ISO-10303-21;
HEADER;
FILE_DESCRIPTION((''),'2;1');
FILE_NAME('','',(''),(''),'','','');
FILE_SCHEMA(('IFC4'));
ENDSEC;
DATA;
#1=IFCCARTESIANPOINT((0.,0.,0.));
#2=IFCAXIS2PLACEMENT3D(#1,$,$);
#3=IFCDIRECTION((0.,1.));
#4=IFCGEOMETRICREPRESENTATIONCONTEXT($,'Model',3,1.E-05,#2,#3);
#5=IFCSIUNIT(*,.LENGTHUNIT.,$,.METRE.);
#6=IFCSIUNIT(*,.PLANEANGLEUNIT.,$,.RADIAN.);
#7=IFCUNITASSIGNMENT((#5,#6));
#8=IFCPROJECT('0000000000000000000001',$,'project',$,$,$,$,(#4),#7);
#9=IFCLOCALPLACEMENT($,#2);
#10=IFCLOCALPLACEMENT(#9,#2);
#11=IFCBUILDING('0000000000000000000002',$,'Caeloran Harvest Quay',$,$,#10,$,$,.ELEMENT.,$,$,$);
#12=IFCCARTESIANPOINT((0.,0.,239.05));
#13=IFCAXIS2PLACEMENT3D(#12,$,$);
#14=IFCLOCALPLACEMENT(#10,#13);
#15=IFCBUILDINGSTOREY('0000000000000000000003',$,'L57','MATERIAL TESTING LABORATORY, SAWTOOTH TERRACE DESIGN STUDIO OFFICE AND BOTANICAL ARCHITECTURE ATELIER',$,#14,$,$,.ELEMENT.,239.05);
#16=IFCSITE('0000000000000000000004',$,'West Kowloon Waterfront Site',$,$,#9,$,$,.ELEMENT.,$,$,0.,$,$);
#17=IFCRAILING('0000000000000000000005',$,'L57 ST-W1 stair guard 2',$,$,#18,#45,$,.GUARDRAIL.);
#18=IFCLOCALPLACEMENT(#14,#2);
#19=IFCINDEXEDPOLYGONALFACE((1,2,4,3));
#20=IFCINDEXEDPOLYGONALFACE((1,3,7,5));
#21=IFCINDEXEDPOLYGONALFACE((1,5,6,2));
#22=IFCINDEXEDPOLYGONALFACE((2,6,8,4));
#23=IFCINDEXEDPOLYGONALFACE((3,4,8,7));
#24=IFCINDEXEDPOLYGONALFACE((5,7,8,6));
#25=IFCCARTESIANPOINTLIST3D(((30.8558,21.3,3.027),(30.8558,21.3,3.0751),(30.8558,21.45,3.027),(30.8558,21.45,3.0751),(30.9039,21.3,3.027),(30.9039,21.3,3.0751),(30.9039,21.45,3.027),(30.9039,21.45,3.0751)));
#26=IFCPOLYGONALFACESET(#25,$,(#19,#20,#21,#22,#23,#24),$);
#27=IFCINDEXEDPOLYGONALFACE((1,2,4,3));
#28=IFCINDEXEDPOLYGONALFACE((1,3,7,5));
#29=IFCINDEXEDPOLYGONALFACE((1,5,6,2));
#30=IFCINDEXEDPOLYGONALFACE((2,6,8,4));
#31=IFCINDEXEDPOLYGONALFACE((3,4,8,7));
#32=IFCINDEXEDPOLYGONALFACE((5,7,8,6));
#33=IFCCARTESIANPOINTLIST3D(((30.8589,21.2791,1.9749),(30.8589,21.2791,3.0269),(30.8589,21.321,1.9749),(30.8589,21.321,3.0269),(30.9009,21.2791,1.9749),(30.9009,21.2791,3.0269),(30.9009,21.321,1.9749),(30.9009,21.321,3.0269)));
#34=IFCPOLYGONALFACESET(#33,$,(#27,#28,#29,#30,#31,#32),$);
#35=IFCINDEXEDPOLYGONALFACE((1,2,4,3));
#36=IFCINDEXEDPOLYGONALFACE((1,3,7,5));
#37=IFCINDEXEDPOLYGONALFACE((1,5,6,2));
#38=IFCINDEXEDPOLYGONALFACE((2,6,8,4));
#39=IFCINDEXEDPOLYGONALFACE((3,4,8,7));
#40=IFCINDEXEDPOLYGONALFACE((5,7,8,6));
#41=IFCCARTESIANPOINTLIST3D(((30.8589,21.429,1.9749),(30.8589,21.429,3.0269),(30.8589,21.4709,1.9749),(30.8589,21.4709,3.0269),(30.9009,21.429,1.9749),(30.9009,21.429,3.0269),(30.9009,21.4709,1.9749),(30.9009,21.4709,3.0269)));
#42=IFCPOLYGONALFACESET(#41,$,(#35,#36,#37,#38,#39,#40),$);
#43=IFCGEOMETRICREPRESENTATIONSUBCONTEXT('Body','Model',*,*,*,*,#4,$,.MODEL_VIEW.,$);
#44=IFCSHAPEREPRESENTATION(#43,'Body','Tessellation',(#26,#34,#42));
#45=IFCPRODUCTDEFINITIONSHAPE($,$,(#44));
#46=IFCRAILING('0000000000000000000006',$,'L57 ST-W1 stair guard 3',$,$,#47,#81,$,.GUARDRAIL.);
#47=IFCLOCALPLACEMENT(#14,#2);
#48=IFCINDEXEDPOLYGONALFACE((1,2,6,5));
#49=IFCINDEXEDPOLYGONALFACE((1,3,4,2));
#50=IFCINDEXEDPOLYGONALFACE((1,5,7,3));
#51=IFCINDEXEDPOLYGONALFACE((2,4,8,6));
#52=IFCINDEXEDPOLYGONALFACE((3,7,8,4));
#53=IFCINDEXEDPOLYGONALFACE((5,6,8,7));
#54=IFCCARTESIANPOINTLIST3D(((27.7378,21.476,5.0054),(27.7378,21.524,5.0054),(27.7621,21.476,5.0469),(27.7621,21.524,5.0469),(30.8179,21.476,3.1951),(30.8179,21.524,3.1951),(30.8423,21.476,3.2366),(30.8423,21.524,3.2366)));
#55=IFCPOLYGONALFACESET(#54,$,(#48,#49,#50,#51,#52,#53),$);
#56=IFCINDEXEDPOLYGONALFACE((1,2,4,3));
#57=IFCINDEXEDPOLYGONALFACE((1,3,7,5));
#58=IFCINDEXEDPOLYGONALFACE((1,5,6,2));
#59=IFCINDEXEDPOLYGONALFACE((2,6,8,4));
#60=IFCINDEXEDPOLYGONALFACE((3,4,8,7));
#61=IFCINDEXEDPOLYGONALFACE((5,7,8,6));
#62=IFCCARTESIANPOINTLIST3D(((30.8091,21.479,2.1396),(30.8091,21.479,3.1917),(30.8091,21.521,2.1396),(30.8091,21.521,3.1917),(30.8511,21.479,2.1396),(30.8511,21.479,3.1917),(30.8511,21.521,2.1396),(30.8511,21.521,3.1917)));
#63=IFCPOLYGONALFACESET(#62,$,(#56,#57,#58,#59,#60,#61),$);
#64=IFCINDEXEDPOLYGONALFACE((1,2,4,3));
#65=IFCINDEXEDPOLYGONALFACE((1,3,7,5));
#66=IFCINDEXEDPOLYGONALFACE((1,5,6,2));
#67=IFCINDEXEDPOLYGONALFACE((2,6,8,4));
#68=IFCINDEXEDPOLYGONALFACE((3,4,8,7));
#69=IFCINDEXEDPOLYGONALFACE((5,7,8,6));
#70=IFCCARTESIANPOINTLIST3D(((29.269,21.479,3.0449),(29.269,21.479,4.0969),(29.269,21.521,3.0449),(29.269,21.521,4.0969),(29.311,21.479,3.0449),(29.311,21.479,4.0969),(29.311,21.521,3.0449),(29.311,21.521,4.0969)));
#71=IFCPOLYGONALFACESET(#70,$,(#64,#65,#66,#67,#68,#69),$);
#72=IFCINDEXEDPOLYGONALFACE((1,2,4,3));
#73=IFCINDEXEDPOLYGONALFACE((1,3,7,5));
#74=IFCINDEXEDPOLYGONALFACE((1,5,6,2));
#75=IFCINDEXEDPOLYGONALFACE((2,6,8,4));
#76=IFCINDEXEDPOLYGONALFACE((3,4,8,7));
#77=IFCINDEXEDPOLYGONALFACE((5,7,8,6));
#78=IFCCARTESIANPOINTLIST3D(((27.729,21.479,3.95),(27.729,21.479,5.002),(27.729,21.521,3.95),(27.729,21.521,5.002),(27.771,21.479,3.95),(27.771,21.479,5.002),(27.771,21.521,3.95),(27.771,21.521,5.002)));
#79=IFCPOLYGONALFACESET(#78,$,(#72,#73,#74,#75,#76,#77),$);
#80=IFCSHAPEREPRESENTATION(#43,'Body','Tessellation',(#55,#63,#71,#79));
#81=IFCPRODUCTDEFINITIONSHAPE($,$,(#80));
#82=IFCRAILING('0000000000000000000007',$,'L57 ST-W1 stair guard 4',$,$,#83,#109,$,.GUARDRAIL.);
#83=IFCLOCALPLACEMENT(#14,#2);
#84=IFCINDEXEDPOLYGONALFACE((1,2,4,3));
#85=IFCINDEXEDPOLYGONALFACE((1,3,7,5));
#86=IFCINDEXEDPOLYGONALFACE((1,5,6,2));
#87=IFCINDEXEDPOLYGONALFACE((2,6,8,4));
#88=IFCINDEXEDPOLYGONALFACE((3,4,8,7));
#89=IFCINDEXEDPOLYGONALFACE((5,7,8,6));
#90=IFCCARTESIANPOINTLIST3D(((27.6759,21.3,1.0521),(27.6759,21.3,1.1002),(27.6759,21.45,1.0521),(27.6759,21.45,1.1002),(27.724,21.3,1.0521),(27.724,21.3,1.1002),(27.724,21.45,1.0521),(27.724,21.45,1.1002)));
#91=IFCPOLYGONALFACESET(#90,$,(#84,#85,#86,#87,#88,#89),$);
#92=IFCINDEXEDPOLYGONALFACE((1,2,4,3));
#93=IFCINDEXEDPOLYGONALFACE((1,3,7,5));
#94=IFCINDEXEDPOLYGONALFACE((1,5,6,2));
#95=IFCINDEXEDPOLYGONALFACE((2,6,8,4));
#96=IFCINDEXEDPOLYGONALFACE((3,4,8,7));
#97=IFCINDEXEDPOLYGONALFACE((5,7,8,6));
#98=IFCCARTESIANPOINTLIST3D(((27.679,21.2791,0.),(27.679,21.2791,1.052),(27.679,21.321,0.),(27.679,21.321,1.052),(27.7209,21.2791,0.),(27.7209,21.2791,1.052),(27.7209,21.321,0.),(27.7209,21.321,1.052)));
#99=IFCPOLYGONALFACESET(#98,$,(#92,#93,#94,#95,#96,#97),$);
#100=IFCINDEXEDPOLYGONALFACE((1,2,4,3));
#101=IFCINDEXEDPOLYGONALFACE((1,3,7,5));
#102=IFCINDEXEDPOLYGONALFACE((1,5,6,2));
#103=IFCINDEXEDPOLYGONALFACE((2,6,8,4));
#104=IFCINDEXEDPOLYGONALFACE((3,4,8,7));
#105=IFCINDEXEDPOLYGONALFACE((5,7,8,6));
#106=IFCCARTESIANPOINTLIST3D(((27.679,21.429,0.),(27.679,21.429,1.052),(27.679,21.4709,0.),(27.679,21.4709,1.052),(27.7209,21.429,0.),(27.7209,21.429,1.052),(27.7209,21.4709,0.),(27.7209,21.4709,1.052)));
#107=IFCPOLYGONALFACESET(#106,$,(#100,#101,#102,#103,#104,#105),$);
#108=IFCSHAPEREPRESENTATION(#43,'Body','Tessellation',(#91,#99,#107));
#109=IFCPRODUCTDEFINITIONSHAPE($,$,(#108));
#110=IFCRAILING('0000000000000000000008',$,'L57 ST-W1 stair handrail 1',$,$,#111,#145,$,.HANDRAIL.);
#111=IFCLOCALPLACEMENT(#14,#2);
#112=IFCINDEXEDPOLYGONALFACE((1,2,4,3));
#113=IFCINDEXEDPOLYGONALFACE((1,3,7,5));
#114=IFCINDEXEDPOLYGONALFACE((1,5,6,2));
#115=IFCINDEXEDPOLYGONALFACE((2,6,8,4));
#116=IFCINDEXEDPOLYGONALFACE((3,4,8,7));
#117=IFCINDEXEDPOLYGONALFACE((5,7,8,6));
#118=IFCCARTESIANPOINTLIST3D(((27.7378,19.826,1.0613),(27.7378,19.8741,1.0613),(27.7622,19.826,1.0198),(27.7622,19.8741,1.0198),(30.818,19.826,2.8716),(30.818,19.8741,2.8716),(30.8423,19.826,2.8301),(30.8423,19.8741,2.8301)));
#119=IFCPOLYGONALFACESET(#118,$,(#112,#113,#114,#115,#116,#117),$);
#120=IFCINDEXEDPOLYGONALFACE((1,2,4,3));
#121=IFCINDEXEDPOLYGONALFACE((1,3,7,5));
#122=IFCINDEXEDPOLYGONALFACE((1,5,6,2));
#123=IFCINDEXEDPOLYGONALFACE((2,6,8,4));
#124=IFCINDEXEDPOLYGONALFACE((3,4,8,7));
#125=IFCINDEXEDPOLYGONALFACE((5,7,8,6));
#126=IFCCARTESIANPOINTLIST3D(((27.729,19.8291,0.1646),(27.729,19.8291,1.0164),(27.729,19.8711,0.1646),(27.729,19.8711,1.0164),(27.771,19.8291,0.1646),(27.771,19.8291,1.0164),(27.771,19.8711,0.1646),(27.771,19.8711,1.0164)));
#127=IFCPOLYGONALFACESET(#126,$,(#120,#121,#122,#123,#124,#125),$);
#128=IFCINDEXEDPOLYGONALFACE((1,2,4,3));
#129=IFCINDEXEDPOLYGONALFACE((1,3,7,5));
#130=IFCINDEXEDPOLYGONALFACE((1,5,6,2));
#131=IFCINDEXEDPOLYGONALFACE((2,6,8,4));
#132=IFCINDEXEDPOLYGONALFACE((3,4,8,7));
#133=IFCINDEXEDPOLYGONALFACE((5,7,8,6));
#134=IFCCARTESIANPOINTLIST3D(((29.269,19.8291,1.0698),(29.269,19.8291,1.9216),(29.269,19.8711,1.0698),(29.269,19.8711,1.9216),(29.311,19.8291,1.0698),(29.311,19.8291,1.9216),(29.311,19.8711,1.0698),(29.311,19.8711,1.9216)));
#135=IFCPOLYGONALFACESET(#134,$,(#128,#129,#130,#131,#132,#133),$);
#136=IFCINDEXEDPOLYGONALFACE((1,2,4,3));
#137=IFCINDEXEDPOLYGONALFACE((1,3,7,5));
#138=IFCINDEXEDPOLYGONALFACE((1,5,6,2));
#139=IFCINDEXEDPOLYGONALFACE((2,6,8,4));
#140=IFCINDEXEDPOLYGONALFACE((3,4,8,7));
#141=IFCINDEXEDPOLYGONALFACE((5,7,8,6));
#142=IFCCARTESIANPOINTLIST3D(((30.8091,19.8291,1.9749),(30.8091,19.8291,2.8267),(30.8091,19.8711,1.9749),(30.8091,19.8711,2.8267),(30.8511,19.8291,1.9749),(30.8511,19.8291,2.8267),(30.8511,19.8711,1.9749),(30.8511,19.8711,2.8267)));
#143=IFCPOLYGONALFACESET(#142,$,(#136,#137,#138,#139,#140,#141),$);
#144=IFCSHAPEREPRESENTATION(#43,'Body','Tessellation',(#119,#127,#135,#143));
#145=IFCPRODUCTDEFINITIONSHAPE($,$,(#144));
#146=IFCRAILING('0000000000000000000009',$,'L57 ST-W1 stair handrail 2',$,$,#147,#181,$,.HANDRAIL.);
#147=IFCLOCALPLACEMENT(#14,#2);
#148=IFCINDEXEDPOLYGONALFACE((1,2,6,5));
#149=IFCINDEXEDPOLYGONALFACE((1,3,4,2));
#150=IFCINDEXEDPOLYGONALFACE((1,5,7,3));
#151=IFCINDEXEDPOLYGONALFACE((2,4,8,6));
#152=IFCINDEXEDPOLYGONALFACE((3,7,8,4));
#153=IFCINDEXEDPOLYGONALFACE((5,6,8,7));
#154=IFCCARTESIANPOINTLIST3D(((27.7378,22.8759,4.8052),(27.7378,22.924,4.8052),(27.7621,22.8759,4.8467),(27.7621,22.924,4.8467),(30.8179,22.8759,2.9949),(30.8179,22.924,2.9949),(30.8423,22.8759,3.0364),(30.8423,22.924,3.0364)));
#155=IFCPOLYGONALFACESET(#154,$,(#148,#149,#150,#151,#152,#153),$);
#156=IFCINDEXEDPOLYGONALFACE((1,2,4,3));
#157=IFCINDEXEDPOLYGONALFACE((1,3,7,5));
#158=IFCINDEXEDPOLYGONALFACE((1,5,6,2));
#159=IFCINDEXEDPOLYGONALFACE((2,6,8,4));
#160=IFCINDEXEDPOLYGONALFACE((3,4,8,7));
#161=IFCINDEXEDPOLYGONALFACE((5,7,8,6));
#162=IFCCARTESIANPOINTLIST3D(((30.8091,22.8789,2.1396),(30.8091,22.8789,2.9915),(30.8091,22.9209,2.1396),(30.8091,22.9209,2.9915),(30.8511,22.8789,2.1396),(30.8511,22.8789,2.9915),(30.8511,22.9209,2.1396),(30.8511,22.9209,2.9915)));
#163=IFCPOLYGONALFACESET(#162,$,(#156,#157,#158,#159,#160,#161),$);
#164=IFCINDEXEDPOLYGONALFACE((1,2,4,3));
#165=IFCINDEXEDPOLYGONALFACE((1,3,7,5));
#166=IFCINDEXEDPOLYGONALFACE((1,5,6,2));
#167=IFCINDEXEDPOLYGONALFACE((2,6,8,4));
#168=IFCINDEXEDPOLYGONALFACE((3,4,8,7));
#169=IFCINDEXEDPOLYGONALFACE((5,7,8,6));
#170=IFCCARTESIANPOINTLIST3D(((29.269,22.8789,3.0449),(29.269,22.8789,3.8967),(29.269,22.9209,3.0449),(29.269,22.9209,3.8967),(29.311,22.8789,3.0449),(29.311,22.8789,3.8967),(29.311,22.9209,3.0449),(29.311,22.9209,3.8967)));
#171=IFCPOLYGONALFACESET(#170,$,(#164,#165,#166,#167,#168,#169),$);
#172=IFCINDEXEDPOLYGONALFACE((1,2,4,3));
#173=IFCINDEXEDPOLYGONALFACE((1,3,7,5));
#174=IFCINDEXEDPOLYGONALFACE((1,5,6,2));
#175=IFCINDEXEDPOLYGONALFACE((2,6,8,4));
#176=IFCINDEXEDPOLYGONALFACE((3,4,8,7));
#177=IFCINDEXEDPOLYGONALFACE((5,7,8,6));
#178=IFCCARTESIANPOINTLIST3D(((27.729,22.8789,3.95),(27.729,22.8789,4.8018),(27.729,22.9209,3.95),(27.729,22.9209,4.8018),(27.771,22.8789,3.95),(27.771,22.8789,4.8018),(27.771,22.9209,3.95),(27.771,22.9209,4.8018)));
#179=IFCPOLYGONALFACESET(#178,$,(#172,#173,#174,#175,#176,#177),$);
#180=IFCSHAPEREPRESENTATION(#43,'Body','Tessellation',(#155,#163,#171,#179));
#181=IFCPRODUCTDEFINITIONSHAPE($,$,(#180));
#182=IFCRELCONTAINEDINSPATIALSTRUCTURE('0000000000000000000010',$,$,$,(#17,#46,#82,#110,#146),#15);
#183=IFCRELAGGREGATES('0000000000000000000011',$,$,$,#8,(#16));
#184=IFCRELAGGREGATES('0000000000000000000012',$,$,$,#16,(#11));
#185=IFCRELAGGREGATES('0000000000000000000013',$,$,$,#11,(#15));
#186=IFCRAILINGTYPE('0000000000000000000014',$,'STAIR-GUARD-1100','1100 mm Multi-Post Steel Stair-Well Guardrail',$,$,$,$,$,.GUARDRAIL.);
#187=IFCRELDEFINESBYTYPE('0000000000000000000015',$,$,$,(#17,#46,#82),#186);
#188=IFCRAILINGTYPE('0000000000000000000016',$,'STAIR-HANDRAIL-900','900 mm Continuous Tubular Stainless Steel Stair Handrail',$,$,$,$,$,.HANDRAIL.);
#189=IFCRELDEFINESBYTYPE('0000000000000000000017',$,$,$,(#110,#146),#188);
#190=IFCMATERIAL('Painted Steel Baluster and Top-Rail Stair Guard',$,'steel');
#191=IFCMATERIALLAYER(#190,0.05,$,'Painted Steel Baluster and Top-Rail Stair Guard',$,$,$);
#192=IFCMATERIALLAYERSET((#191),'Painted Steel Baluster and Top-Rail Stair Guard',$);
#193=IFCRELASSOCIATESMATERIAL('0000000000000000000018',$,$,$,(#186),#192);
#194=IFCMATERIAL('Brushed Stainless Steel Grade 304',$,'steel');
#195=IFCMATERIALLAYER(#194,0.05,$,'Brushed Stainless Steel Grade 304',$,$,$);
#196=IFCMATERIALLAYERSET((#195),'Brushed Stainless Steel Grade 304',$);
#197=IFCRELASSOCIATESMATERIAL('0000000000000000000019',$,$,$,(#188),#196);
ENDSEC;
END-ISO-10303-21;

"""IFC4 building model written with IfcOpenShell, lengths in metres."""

from ifc_helpers import new_model, si_unit, direction, frame, origin, origin_2d, place, context, subcontext, project, spatial, rectangle, extrude, material, layer, layer_set, type_object, element, save


model = new_model("IFC4")

# Units and contexts
model_context = context("Model", 3, precision=1e-05, world=origin(), true_north=direction((0.0, 1.0)))
body_context = subcontext(model_context, "Body", "Model", "MODEL_VIEW")
ifc_project = project(units=[si_unit("LENGTHUNIT", "METRE"), si_unit("PLANEANGLEUNIT", "RADIAN")], contexts=[model_context])

# Site, building, storey
site_placement = place(None, origin())
site = spatial("IfcSite", under=ifc_project, at=site_placement, Name="West Kowloon Waterfront Site", CompositionType="ELEMENT", RefElevation=0.0)
building_placement = place(site_placement, origin())
building = spatial("IfcBuilding", under=site, at=building_placement, Name="Caeloran Harvest Quay", CompositionType="ELEMENT")
storey_placement = place(building_placement, frame((0.0, 0.0, 239.05)))
storey = spatial("IfcBuildingStorey", under=building, at=storey_placement, Name="L57", Description="MATERIAL TESTING LABORATORY, SAWTOOTH TERRACE DESIGN STUDIO OFFICE AND BOTANICAL ARCHITECTURE ATELIER", CompositionType="ELEMENT", Elevation=239.05)

# Railings
ifc_material_1 = material(Name="Painted Steel Baluster and Top-Rail Stair Guard", Category="steel")
ifc_layer_1 = layer(ifc_material_1, 0.05, Name="Painted Steel Baluster and Top-Rail Stair Guard")
ifc_layer_set_1 = layer_set([ifc_layer_1], Name="Painted Steel Baluster and Top-Rail Stair Guard")
railing_type_1 = type_object("IfcRailingType", Name="STAIR-GUARD-1100", Description="1100 mm Multi-Post Steel Stair-Well Guardrail", PredefinedType="GUARDRAIL", material=ifc_layer_set_1)
railing_1_placement = place(storey_placement, frame((30.8799, 21.3, 1.9749)))
element("IfcRailing", 1, at=railing_1_placement, inside=storey, type_object=railing_type_1, Name="L57 ST-W1 stair guard 2", PredefinedType="GUARDRAIL", context=body_context, shape_type="SweptSolid", body=[
    extrude(rectangle(XDim=0.0481, YDim=0.0481, at=origin_2d()), frame((0.0, 0.0, 1.0762), z_axis=(0.0, 1.0, 0.0), x_axis=(-1.0, 0.0, 0.0)), (0.0, 0.0, 1.0), 0.1499),
    extrude(rectangle(XDim=0.042, YDim=0.042, at=origin_2d()), origin(), (0.0, 0.0, 1.0), 1.052),
    extrude(rectangle(XDim=0.042, YDim=0.042, at=origin_2d()), frame((0.0, 0.1499, 0.0)), (0.0, 0.0, 1.0), 1.052),
])
railing_2_placement = place(storey_placement, frame((30.8301, 21.5, 2.1396)))
element("IfcRailing", 2, at=railing_2_placement, inside=storey, type_object=railing_type_1, Name="L57 ST-W1 stair guard 3", PredefinedType="GUARDRAIL", context=body_context, shape_type="SweptSolid", body=[
    extrude(rectangle(XDim=0.0481, YDim=0.0481, at=origin_2d()), frame((0.0, 0.0, 1.0762), z_axis=(-0.862119, 0.0, 0.506707), x_axis=(0.0, -1.0, 0.0)), (0.0, 0.0, 1.0), 3.5728),
    extrude(rectangle(XDim=0.042, YDim=0.042, at=origin_2d()), origin(), (0.0, 0.0, 1.0), 1.052),
    extrude(rectangle(XDim=0.042, YDim=0.042, at=origin_2d()), frame((-1.54, 0.0, 0.9053)), (0.0, 0.0, 1.0), 1.052),
    extrude(rectangle(XDim=0.042, YDim=0.042, at=origin_2d()), frame((-3.0801, 0.0, 1.8103)), (0.0, 0.0, 1.0), 1.052),
])
railing_3_placement = place(storey_placement, frame((27.7, 21.3, 0.0)))
element("IfcRailing", 3, at=railing_3_placement, inside=storey, type_object=railing_type_1, Name="L57 ST-W1 stair guard 4", PredefinedType="GUARDRAIL", context=body_context, shape_type="SweptSolid", body=[
    extrude(rectangle(XDim=0.0481, YDim=0.0481, at=origin_2d()), frame((0.0, 0.0, 1.0762), z_axis=(0.0, 1.0, 0.0), x_axis=(-1.0, 0.0, 0.0)), (0.0, 0.0, 1.0), 0.1499),
    extrude(rectangle(XDim=0.042, YDim=0.042, at=origin_2d()), origin(), (0.0, 0.0, 1.0), 1.052),
    extrude(rectangle(XDim=0.042, YDim=0.042, at=origin_2d()), frame((0.0, 0.1499, 0.0)), (0.0, 0.0, 1.0), 1.052),
])
ifc_material_2 = material(Name="Brushed Stainless Steel Grade 304", Category="steel")
ifc_layer_2 = layer(ifc_material_2, 0.05, Name="Brushed Stainless Steel Grade 304")
ifc_layer_set_2 = layer_set([ifc_layer_2], Name="Brushed Stainless Steel Grade 304")
railing_type_2 = type_object("IfcRailingType", Name="STAIR-HANDRAIL-900", Description="900 mm Continuous Tubular Stainless Steel Stair Handrail", PredefinedType="HANDRAIL", material=ifc_layer_set_2)
railing_4_placement = place(storey_placement, frame((27.75, 19.8501, 0.1646)))
element("IfcRailing", 4, at=railing_4_placement, inside=storey, type_object=railing_type_2, Name="L57 ST-W1 stair handrail 1", PredefinedType="HANDRAIL", context=body_context, shape_type="SweptSolid", body=[
    extrude(rectangle(XDim=0.0481, YDim=0.0481, at=origin_2d()), frame((0.0, 0.0, 0.876), z_axis=(0.862119, 0.0, 0.506707), x_axis=(0.0, 1.0, 0.0)), (0.0, 0.0, 1.0), 3.5728),
    extrude(rectangle(XDim=0.042, YDim=0.042, at=origin_2d()), origin(), (0.0, 0.0, 1.0), 0.8518),
    extrude(rectangle(XDim=0.042, YDim=0.042, at=origin_2d()), frame((1.54, 0.0, 0.9053)), (0.0, 0.0, 1.0), 0.8518),
    extrude(rectangle(XDim=0.042, YDim=0.042, at=origin_2d()), frame((3.0801, 0.0, 1.8103)), (0.0, 0.0, 1.0), 0.8518),
])
railing_5_placement = place(storey_placement, frame((30.8301, 22.8999, 2.1396)))
element("IfcRailing", 5, at=railing_5_placement, inside=storey, type_object=railing_type_2, Name="L57 ST-W1 stair handrail 2", PredefinedType="HANDRAIL", context=body_context, shape_type="SweptSolid", body=[
    extrude(rectangle(XDim=0.0481, YDim=0.0481, at=origin_2d()), frame((0.0, 0.0, 0.876), z_axis=(-0.862119, 0.0, 0.506707), x_axis=(0.0, -1.0, 0.0)), (0.0, 0.0, 1.0), 3.5728),
    extrude(rectangle(XDim=0.042, YDim=0.042, at=origin_2d()), origin(), (0.0, 0.0, 1.0), 0.8518),
    extrude(rectangle(XDim=0.042, YDim=0.042, at=origin_2d()), frame((-1.54, 0.0, 0.9053)), (0.0, 0.0, 1.0), 0.8518),
    extrude(rectangle(XDim=0.042, YDim=0.042, at=origin_2d()), frame((-3.0801, 0.0, 1.8103)), (0.0, 0.0, 1.0), 0.8518),
])

save(model, "model.ifc")
